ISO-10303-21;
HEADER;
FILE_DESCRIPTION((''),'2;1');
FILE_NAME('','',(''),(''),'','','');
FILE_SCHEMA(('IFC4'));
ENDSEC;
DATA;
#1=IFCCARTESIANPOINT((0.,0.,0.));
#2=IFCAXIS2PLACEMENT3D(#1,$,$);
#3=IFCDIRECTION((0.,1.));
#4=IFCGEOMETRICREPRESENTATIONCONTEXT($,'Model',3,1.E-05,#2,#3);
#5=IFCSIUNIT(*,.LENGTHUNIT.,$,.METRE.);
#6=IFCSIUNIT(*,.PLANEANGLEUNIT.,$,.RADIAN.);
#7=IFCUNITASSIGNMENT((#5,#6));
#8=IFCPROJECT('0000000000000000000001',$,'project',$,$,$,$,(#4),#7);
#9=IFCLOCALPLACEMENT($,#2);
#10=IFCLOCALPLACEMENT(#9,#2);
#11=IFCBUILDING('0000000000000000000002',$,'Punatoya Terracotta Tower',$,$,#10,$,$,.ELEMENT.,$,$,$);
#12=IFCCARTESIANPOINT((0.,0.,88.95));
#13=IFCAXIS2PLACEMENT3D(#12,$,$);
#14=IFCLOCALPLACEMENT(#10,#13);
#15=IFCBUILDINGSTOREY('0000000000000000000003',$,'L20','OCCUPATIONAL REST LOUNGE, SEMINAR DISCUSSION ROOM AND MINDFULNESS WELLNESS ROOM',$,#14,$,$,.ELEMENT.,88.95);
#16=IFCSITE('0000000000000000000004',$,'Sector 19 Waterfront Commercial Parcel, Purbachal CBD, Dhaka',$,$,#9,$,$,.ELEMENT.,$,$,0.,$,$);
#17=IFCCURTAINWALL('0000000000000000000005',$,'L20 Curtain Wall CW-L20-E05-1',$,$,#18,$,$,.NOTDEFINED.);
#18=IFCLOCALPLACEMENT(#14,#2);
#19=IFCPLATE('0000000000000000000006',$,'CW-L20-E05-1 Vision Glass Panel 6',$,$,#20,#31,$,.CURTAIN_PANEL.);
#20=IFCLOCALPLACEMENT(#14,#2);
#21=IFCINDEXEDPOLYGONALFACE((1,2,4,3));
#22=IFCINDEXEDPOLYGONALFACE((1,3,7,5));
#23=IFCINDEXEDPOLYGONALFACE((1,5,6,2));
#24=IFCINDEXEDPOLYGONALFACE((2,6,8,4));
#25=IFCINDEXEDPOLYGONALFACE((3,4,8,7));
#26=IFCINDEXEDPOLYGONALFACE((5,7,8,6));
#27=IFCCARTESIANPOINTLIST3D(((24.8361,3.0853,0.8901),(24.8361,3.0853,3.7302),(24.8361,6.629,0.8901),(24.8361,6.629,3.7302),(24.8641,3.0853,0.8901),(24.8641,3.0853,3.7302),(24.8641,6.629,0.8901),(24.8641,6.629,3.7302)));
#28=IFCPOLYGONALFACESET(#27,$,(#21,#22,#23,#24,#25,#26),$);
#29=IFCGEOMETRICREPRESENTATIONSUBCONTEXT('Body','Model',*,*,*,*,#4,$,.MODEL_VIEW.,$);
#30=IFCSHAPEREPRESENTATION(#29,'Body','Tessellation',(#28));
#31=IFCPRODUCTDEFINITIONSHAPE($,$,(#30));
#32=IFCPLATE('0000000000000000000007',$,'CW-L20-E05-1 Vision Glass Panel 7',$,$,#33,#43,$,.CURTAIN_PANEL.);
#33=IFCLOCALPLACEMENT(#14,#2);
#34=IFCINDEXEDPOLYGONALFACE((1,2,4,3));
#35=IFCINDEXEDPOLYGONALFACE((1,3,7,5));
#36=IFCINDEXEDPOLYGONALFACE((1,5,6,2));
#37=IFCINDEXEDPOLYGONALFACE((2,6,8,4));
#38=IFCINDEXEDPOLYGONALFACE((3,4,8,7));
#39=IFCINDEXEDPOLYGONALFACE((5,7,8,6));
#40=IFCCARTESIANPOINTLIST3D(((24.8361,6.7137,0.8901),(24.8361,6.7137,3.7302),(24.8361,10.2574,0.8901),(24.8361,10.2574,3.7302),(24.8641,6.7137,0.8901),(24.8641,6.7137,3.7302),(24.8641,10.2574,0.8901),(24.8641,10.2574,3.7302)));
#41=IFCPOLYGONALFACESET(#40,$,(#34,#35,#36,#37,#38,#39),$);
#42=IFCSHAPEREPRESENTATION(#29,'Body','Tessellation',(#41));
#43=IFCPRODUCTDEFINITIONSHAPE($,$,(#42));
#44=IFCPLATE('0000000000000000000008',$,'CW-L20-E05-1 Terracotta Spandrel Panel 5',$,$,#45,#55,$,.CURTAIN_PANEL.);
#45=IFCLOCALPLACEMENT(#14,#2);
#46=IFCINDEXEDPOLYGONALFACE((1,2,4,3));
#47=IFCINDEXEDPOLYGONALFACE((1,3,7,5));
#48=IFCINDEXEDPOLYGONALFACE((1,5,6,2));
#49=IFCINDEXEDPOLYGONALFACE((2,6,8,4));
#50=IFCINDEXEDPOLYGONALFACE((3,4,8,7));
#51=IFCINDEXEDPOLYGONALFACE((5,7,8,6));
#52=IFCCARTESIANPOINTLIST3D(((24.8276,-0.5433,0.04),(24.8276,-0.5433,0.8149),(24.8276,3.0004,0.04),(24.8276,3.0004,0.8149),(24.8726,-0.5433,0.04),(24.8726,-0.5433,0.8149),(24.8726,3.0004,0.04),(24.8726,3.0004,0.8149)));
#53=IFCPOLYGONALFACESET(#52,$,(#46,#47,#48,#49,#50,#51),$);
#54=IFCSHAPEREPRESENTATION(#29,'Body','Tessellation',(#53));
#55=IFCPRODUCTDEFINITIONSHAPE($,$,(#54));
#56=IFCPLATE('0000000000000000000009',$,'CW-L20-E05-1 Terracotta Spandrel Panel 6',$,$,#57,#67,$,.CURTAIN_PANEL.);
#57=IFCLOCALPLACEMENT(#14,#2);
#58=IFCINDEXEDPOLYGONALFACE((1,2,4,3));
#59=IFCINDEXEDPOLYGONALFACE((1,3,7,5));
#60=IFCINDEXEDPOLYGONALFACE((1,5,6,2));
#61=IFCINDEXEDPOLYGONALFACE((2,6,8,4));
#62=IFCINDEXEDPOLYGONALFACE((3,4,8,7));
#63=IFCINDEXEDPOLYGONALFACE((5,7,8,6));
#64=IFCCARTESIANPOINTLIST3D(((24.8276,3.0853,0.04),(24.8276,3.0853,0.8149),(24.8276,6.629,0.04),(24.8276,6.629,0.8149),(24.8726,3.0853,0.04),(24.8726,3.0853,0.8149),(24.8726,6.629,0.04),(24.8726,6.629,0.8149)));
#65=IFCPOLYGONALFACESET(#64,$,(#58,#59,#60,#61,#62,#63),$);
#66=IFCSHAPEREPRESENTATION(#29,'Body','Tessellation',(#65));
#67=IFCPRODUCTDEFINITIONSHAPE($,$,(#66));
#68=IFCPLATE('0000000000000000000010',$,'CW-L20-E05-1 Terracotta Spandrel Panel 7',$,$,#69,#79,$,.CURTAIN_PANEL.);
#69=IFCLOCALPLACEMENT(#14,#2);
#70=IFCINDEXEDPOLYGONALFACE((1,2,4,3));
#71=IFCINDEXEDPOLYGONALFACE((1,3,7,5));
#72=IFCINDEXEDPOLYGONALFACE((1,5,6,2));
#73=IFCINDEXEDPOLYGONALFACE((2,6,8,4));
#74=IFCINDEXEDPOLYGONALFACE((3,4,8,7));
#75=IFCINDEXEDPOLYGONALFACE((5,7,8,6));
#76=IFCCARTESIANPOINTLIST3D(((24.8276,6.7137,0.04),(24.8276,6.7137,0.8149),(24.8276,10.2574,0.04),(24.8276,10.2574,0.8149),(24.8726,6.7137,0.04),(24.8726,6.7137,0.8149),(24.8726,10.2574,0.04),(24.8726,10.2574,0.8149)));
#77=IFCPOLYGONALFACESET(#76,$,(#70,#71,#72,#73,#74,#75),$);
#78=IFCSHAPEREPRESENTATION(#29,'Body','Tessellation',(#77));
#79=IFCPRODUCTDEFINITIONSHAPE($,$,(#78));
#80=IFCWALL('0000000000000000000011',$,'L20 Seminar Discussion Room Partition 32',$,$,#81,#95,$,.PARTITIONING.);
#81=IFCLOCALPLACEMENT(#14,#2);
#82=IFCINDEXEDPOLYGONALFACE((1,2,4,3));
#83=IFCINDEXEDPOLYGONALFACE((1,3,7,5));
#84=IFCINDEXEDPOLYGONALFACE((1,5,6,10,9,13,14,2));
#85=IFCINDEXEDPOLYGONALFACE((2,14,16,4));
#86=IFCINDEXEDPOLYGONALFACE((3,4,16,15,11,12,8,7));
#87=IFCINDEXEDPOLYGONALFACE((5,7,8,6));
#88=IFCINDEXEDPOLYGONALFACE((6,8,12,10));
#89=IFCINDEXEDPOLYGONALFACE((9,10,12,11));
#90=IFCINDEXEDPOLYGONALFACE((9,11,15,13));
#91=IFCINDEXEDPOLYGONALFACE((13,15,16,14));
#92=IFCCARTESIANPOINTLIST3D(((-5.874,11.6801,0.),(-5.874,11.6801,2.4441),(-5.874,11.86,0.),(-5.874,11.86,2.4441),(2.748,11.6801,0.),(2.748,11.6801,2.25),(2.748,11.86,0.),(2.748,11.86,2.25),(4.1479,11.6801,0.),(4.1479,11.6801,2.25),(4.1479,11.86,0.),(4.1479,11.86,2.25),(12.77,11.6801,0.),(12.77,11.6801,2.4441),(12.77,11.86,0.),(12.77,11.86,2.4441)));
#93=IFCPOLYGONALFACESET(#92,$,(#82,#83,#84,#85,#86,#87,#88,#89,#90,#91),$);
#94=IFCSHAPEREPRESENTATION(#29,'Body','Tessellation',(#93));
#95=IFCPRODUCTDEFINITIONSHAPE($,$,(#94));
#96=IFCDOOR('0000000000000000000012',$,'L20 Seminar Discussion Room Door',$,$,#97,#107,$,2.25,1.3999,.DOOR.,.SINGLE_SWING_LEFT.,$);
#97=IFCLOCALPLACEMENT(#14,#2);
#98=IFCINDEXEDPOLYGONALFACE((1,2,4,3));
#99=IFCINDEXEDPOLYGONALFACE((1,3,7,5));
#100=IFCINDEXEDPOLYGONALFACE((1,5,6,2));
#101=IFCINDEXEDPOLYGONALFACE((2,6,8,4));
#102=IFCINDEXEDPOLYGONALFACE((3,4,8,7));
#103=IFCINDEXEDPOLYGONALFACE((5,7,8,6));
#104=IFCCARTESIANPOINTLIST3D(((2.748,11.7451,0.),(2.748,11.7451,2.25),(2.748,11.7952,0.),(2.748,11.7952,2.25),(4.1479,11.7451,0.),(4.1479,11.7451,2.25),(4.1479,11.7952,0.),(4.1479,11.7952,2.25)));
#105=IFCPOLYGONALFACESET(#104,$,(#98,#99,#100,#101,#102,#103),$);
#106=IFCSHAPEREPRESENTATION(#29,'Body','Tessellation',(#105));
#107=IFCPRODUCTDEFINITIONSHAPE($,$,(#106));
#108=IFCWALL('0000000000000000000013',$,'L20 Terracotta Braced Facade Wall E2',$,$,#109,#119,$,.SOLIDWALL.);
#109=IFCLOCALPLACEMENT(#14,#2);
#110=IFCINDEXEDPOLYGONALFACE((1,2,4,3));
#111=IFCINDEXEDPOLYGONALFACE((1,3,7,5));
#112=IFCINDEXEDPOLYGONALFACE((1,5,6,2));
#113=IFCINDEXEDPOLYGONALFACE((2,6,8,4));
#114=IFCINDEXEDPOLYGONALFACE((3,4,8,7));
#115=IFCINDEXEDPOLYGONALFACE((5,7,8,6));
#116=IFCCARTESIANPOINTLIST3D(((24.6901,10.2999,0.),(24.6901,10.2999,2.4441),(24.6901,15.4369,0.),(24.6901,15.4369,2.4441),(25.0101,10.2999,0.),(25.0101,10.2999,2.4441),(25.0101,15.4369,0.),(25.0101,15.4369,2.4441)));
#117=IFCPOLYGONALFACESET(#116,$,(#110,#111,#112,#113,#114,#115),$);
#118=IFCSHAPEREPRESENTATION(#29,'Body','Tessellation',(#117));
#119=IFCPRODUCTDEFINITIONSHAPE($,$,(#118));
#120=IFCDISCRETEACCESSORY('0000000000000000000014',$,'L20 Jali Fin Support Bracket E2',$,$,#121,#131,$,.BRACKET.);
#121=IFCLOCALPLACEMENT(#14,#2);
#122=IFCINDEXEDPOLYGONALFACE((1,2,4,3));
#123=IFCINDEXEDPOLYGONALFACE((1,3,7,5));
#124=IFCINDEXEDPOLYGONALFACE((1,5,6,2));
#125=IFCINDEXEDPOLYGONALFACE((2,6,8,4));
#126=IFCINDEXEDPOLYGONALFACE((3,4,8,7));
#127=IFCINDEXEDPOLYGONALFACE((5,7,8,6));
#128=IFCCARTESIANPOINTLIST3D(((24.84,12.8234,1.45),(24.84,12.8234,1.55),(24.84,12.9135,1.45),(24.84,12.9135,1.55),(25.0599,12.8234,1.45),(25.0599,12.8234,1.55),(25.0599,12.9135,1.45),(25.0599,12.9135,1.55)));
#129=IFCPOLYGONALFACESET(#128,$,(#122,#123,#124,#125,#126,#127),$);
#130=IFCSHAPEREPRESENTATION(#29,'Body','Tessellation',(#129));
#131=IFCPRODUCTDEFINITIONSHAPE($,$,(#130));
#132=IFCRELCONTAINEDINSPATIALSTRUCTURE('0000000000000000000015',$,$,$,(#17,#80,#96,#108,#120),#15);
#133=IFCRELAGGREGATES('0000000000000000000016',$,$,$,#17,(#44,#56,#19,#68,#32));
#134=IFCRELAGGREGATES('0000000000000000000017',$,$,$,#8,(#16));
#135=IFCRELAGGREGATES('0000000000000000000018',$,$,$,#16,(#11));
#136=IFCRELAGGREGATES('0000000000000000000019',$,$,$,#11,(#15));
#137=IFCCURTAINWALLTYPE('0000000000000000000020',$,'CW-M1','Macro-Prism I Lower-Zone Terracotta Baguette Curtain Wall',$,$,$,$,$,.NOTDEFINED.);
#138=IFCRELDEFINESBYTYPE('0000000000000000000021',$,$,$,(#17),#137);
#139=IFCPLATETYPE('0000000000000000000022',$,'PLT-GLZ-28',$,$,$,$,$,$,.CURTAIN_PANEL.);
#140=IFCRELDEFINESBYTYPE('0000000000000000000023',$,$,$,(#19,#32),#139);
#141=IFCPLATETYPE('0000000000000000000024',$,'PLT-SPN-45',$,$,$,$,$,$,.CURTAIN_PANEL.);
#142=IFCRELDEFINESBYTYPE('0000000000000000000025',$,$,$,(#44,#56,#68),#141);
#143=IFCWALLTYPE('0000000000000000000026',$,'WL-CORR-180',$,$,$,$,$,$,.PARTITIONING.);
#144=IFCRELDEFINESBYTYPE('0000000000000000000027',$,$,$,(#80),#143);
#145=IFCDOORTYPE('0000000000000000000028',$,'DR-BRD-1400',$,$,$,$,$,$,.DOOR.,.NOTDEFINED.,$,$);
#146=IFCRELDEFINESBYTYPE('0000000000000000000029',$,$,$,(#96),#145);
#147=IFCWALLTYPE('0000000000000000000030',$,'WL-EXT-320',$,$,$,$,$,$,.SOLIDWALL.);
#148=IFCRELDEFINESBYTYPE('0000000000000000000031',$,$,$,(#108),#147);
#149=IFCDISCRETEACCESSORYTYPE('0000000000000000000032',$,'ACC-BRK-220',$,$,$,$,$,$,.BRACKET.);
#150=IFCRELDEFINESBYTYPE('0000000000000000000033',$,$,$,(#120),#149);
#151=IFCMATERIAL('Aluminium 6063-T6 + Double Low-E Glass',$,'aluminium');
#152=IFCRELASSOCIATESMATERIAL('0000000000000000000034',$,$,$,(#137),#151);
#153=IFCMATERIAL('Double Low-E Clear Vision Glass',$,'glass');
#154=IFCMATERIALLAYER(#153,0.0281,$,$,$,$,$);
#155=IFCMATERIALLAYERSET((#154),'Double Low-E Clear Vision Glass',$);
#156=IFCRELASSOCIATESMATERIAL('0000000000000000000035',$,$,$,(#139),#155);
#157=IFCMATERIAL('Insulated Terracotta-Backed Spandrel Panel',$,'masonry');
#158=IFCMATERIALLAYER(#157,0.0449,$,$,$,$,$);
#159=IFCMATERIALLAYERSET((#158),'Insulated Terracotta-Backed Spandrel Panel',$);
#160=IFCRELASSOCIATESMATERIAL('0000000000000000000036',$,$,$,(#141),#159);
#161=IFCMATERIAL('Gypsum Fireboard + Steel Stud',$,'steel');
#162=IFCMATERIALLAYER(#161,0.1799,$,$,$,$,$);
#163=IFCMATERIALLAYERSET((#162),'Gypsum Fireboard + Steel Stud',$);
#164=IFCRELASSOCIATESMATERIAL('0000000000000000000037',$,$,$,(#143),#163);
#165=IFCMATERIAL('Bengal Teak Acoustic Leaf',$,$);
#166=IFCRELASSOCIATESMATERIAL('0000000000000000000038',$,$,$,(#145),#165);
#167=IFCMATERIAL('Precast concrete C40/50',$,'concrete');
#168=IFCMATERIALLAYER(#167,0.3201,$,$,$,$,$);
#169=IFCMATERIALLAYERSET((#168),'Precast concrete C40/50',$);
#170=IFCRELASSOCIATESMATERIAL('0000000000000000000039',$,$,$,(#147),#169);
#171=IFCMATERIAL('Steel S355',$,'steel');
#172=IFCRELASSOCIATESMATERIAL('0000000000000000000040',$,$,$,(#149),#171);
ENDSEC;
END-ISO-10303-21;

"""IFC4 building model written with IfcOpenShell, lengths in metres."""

from ifc_helpers import new_model, si_unit, direction, frame, frame_2d, origin, origin_2d, place, context, subcontext, project, spatial, rectangle, extrude, material, layer, layer_set, type_object, element, fill, aggregate, save


model = new_model("IFC4")

# Units and contexts
model_context = context("Model", 3, precision=1e-05, world=origin(), true_north=direction((0.0, 1.0)))
body_context = subcontext(model_context, "Body", "Model", "MODEL_VIEW")
ifc_project = project(units=[si_unit("LENGTHUNIT", "METRE"), si_unit("PLANEANGLEUNIT", "RADIAN")], contexts=[model_context])

# Site, building, storey
site_placement = place(None, origin())
site = spatial("IfcSite", under=ifc_project, at=site_placement, Name="Sector 19 Waterfront Commercial Parcel, Purbachal CBD, Dhaka", CompositionType="ELEMENT", RefElevation=0.0)
building_placement = place(site_placement, origin())
building = spatial("IfcBuilding", under=site, at=building_placement, Name="Punatoya Terracotta Tower", CompositionType="ELEMENT")
storey_placement = place(building_placement, frame((0.0, 0.0, 88.95)))
storey = spatial("IfcBuildingStorey", under=building, at=storey_placement, Name="L20", Description="OCCUPATIONAL REST LOUNGE, SEMINAR DISCUSSION ROOM AND MINDFULNESS WELLNESS ROOM", CompositionType="ELEMENT", Elevation=88.95)

# Shared definitions
ifc_material_1 = material(Name="Steel S355", Category="steel")

# Curtain wall, plates
ifc_material_2 = material(Name="Aluminium 6063-T6 + Double Low-E Glass", Category="aluminium")
curtain_wall_type = type_object("IfcCurtainWallType", Name="CW-M1", Description="Macro-Prism I Lower-Zone Terracotta Baguette Curtain Wall", PredefinedType="NOTDEFINED", material=ifc_material_2)
curtain_wall_placement = place(storey_placement, origin())
curtain_wall = element("IfcCurtainWall", 1, at=curtain_wall_placement, inside=storey, type_object=curtain_wall_type, Name="L20 Curtain Wall CW-L20-E05-1", PredefinedType="NOTDEFINED")
ifc_material_3 = material(Name="Double Low-E Clear Vision Glass", Category="glass")
ifc_layer_1 = layer(ifc_material_3, 0.0281)
ifc_layer_set_1 = layer_set([ifc_layer_1], Name="Double Low-E Clear Vision Glass")
plate_type_1 = type_object("IfcPlateType", Name="PLT-GLZ-28", PredefinedType="CURTAIN_PANEL", material=ifc_layer_set_1)
plate_1_placement = place(storey_placement, frame((24.8501, 4.8572, 0.8901), z_axis=(0.0, 0.0, 1.0), x_axis=(0.0, 1.0, 0.0)))
plate_1 = element("IfcPlate", 2, at=plate_1_placement, type_object=plate_type_1, Name="CW-L20-E05-1 Vision Glass Panel 6", PredefinedType="CURTAIN_PANEL", context=body_context, shape_type="SweptSolid", body=[
    extrude(rectangle(XDim=3.5437, YDim=0.0281, at=origin_2d()), origin(), (0.0, 0.0, 1.0), 2.8401),
])
plate_2_placement = place(storey_placement, frame((24.8501, 8.4856, 0.8901), z_axis=(0.0, 0.0, 1.0), x_axis=(0.0, 1.0, 0.0)))
plate_2 = element("IfcPlate", 3, at=plate_2_placement, type_object=plate_type_1, Name="CW-L20-E05-1 Vision Glass Panel 7", PredefinedType="CURTAIN_PANEL", context=body_context, shape_type="SweptSolid", body=[
    extrude(rectangle(XDim=3.5437, YDim=0.0281, at=origin_2d()), origin(), (0.0, 0.0, 1.0), 2.8401),
])
ifc_material_4 = material(Name="Insulated Terracotta-Backed Spandrel Panel", Category="masonry")
ifc_layer_2 = layer(ifc_material_4, 0.0449)
ifc_layer_set_2 = layer_set([ifc_layer_2], Name="Insulated Terracotta-Backed Spandrel Panel")
plate_type_2 = type_object("IfcPlateType", Name="PLT-SPN-45", PredefinedType="CURTAIN_PANEL", material=ifc_layer_set_2)
plate_3_placement = place(storey_placement, frame((24.8501, 1.2285, 0.04), z_axis=(0.0, 0.0, 1.0), x_axis=(0.0, 1.0, 0.0)))
plate_3 = element("IfcPlate", 4, at=plate_3_placement, type_object=plate_type_2, Name="CW-L20-E05-1 Terracotta Spandrel Panel 5", PredefinedType="CURTAIN_PANEL", context=body_context, shape_type="SweptSolid", body=[
    extrude(rectangle(XDim=3.5437, YDim=0.0449, at=origin_2d()), origin(), (0.0, 0.0, 1.0), 0.7749),
])
plate_4_placement = place(storey_placement, frame((24.8501, 4.8572, 0.04), z_axis=(0.0, 0.0, 1.0), x_axis=(0.0, 1.0, 0.0)))
plate_4 = element("IfcPlate", 5, at=plate_4_placement, type_object=plate_type_2, Name="CW-L20-E05-1 Terracotta Spandrel Panel 6", PredefinedType="CURTAIN_PANEL", context=body_context, shape_type="SweptSolid", body=[
    extrude(rectangle(XDim=3.5437, YDim=0.0449, at=origin_2d()), origin(), (0.0, 0.0, 1.0), 0.7749),
])
plate_5_placement = place(storey_placement, frame((24.8501, 8.4856, 0.04), z_axis=(0.0, 0.0, 1.0), x_axis=(0.0, 1.0, 0.0)))
plate_5 = element("IfcPlate", 6, at=plate_5_placement, type_object=plate_type_2, Name="CW-L20-E05-1 Terracotta Spandrel Panel 7", PredefinedType="CURTAIN_PANEL", context=body_context, shape_type="SweptSolid", body=[
    extrude(rectangle(XDim=3.5437, YDim=0.0449, at=origin_2d()), origin(), (0.0, 0.0, 1.0), 0.7749),
])
aggregate(curtain_wall, [plate_3, plate_4, plate_1, plate_5, plate_2])

# Wall, opening, door
ifc_material_5 = material(Name="Gypsum Fireboard + Steel Stud", Category="steel")
ifc_layer_3 = layer(ifc_material_5, 0.1799)
ifc_layer_set_3 = layer_set([ifc_layer_3], Name="Gypsum Fireboard + Steel Stud")
wall_type_1 = type_object("IfcWallType", Name="WL-CORR-180", PredefinedType="PARTITIONING", material=ifc_layer_set_3)
wall_1_placement = place(storey_placement, frame((12.77, 11.77, 0.0), z_axis=(0.0, 0.0, 1.0), x_axis=(-1.0, 0.0, 0.0)))
wall_1 = element("IfcWall", 7, at=wall_1_placement, inside=storey, type_object=wall_type_1, Name="L20 Seminar Discussion Room Partition 32", PredefinedType="PARTITIONING", context=body_context, shape_type="SweptSolid", body=[
    extrude(rectangle(XDim=18.644, YDim=0.1799, at=frame_2d((9.322, 0.0))), origin(), (0.0, 0.0, 1.0), 2.4441),
])
opening_placement = place(wall_1_placement, frame((8.6221, 0.0, 0.0)))
opening = element("IfcOpeningElement", 8, at=opening_placement, cuts=wall_1, PredefinedType="OPENING", context=body_context, shape_type="SweptSolid", body=[
    extrude(rectangle(XDim=1.3999, YDim=2.25, at=frame_2d((0.7, 1.125))), frame((0.0, 0.0999, 0.0), z_axis=(0.0, -1.0, 0.0), x_axis=(1.0, 0.0, 0.0)), (0.0, 0.0, 1.0), 0.2),
])
ifc_material_6 = material(Name="Bengal Teak Acoustic Leaf")
door_type = type_object("IfcDoorType", Name="DR-BRD-1400", OperationType="NOTDEFINED", PredefinedType="DOOR", material=ifc_material_6)
door_placement = place(opening_placement, origin())
door = element("IfcDoor", 9, at=door_placement, inside=storey, type_object=door_type, Name="L20 Seminar Discussion Room Door", OperationType="SINGLE_SWING_LEFT", OverallHeight=2.25, OverallWidth=1.3999, PredefinedType="DOOR", context=body_context, shape_type="SweptSolid", body=[
    extrude(rectangle(XDim=1.3999, YDim=2.25, at=frame_2d((0.7, 1.125))), frame((0.0, 0.0249, 0.0), z_axis=(0.0, -1.0, 0.0), x_axis=(1.0, 0.0, 0.0)), (0.0, 0.0, 1.0), 0.05),
])
fill(opening, door)

# Wall
ifc_material_7 = material(Name="Precast concrete C40/50", Category="concrete")
ifc_layer_4 = layer(ifc_material_7, 0.3201)
ifc_layer_set_4 = layer_set([ifc_layer_4], Name="Precast concrete C40/50")
wall_type_2 = type_object("IfcWallType", Name="WL-EXT-320", PredefinedType="SOLIDWALL", material=ifc_layer_set_4)
wall_2_placement = place(storey_placement, frame((24.8501, 10.3, 0.0), z_axis=(0.0, 0.0, 1.0), x_axis=(0.0, 1.0, 0.0)))
element("IfcWall", 10, at=wall_2_placement, inside=storey, type_object=wall_type_2, Name="L20 Terracotta Braced Facade Wall E2", PredefinedType="SOLIDWALL", context=body_context, shape_type="SweptSolid", body=[
    extrude(rectangle(XDim=5.137, YDim=0.3201, at=frame_2d((2.5684, 0.0))), origin(), (0.0, 0.0, 1.0), 2.4441),
])

# Discrete accessory
discrete_accessory_type = type_object("IfcDiscreteAccessoryType", Name="ACC-BRK-220", PredefinedType="BRACKET", material=ifc_material_1)
discrete_accessory_placement = place(storey_placement, frame((24.95, 12.8684, 1.45), z_axis=(0.0, 0.0, 1.0), x_axis=(0.0, 1.0, 0.0)))
element("IfcDiscreteAccessory", 11, at=discrete_accessory_placement, inside=storey, type_object=discrete_accessory_type, Name="L20 Jali Fin Support Bracket E2", PredefinedType="BRACKET", context=body_context, shape_type="SweptSolid", body=[
    extrude(rectangle(XDim=0.0901, YDim=0.22, at=origin_2d()), origin(), (0.0, 0.0, 1.0), 0.1001),
])

save(model, "model.ifc")
